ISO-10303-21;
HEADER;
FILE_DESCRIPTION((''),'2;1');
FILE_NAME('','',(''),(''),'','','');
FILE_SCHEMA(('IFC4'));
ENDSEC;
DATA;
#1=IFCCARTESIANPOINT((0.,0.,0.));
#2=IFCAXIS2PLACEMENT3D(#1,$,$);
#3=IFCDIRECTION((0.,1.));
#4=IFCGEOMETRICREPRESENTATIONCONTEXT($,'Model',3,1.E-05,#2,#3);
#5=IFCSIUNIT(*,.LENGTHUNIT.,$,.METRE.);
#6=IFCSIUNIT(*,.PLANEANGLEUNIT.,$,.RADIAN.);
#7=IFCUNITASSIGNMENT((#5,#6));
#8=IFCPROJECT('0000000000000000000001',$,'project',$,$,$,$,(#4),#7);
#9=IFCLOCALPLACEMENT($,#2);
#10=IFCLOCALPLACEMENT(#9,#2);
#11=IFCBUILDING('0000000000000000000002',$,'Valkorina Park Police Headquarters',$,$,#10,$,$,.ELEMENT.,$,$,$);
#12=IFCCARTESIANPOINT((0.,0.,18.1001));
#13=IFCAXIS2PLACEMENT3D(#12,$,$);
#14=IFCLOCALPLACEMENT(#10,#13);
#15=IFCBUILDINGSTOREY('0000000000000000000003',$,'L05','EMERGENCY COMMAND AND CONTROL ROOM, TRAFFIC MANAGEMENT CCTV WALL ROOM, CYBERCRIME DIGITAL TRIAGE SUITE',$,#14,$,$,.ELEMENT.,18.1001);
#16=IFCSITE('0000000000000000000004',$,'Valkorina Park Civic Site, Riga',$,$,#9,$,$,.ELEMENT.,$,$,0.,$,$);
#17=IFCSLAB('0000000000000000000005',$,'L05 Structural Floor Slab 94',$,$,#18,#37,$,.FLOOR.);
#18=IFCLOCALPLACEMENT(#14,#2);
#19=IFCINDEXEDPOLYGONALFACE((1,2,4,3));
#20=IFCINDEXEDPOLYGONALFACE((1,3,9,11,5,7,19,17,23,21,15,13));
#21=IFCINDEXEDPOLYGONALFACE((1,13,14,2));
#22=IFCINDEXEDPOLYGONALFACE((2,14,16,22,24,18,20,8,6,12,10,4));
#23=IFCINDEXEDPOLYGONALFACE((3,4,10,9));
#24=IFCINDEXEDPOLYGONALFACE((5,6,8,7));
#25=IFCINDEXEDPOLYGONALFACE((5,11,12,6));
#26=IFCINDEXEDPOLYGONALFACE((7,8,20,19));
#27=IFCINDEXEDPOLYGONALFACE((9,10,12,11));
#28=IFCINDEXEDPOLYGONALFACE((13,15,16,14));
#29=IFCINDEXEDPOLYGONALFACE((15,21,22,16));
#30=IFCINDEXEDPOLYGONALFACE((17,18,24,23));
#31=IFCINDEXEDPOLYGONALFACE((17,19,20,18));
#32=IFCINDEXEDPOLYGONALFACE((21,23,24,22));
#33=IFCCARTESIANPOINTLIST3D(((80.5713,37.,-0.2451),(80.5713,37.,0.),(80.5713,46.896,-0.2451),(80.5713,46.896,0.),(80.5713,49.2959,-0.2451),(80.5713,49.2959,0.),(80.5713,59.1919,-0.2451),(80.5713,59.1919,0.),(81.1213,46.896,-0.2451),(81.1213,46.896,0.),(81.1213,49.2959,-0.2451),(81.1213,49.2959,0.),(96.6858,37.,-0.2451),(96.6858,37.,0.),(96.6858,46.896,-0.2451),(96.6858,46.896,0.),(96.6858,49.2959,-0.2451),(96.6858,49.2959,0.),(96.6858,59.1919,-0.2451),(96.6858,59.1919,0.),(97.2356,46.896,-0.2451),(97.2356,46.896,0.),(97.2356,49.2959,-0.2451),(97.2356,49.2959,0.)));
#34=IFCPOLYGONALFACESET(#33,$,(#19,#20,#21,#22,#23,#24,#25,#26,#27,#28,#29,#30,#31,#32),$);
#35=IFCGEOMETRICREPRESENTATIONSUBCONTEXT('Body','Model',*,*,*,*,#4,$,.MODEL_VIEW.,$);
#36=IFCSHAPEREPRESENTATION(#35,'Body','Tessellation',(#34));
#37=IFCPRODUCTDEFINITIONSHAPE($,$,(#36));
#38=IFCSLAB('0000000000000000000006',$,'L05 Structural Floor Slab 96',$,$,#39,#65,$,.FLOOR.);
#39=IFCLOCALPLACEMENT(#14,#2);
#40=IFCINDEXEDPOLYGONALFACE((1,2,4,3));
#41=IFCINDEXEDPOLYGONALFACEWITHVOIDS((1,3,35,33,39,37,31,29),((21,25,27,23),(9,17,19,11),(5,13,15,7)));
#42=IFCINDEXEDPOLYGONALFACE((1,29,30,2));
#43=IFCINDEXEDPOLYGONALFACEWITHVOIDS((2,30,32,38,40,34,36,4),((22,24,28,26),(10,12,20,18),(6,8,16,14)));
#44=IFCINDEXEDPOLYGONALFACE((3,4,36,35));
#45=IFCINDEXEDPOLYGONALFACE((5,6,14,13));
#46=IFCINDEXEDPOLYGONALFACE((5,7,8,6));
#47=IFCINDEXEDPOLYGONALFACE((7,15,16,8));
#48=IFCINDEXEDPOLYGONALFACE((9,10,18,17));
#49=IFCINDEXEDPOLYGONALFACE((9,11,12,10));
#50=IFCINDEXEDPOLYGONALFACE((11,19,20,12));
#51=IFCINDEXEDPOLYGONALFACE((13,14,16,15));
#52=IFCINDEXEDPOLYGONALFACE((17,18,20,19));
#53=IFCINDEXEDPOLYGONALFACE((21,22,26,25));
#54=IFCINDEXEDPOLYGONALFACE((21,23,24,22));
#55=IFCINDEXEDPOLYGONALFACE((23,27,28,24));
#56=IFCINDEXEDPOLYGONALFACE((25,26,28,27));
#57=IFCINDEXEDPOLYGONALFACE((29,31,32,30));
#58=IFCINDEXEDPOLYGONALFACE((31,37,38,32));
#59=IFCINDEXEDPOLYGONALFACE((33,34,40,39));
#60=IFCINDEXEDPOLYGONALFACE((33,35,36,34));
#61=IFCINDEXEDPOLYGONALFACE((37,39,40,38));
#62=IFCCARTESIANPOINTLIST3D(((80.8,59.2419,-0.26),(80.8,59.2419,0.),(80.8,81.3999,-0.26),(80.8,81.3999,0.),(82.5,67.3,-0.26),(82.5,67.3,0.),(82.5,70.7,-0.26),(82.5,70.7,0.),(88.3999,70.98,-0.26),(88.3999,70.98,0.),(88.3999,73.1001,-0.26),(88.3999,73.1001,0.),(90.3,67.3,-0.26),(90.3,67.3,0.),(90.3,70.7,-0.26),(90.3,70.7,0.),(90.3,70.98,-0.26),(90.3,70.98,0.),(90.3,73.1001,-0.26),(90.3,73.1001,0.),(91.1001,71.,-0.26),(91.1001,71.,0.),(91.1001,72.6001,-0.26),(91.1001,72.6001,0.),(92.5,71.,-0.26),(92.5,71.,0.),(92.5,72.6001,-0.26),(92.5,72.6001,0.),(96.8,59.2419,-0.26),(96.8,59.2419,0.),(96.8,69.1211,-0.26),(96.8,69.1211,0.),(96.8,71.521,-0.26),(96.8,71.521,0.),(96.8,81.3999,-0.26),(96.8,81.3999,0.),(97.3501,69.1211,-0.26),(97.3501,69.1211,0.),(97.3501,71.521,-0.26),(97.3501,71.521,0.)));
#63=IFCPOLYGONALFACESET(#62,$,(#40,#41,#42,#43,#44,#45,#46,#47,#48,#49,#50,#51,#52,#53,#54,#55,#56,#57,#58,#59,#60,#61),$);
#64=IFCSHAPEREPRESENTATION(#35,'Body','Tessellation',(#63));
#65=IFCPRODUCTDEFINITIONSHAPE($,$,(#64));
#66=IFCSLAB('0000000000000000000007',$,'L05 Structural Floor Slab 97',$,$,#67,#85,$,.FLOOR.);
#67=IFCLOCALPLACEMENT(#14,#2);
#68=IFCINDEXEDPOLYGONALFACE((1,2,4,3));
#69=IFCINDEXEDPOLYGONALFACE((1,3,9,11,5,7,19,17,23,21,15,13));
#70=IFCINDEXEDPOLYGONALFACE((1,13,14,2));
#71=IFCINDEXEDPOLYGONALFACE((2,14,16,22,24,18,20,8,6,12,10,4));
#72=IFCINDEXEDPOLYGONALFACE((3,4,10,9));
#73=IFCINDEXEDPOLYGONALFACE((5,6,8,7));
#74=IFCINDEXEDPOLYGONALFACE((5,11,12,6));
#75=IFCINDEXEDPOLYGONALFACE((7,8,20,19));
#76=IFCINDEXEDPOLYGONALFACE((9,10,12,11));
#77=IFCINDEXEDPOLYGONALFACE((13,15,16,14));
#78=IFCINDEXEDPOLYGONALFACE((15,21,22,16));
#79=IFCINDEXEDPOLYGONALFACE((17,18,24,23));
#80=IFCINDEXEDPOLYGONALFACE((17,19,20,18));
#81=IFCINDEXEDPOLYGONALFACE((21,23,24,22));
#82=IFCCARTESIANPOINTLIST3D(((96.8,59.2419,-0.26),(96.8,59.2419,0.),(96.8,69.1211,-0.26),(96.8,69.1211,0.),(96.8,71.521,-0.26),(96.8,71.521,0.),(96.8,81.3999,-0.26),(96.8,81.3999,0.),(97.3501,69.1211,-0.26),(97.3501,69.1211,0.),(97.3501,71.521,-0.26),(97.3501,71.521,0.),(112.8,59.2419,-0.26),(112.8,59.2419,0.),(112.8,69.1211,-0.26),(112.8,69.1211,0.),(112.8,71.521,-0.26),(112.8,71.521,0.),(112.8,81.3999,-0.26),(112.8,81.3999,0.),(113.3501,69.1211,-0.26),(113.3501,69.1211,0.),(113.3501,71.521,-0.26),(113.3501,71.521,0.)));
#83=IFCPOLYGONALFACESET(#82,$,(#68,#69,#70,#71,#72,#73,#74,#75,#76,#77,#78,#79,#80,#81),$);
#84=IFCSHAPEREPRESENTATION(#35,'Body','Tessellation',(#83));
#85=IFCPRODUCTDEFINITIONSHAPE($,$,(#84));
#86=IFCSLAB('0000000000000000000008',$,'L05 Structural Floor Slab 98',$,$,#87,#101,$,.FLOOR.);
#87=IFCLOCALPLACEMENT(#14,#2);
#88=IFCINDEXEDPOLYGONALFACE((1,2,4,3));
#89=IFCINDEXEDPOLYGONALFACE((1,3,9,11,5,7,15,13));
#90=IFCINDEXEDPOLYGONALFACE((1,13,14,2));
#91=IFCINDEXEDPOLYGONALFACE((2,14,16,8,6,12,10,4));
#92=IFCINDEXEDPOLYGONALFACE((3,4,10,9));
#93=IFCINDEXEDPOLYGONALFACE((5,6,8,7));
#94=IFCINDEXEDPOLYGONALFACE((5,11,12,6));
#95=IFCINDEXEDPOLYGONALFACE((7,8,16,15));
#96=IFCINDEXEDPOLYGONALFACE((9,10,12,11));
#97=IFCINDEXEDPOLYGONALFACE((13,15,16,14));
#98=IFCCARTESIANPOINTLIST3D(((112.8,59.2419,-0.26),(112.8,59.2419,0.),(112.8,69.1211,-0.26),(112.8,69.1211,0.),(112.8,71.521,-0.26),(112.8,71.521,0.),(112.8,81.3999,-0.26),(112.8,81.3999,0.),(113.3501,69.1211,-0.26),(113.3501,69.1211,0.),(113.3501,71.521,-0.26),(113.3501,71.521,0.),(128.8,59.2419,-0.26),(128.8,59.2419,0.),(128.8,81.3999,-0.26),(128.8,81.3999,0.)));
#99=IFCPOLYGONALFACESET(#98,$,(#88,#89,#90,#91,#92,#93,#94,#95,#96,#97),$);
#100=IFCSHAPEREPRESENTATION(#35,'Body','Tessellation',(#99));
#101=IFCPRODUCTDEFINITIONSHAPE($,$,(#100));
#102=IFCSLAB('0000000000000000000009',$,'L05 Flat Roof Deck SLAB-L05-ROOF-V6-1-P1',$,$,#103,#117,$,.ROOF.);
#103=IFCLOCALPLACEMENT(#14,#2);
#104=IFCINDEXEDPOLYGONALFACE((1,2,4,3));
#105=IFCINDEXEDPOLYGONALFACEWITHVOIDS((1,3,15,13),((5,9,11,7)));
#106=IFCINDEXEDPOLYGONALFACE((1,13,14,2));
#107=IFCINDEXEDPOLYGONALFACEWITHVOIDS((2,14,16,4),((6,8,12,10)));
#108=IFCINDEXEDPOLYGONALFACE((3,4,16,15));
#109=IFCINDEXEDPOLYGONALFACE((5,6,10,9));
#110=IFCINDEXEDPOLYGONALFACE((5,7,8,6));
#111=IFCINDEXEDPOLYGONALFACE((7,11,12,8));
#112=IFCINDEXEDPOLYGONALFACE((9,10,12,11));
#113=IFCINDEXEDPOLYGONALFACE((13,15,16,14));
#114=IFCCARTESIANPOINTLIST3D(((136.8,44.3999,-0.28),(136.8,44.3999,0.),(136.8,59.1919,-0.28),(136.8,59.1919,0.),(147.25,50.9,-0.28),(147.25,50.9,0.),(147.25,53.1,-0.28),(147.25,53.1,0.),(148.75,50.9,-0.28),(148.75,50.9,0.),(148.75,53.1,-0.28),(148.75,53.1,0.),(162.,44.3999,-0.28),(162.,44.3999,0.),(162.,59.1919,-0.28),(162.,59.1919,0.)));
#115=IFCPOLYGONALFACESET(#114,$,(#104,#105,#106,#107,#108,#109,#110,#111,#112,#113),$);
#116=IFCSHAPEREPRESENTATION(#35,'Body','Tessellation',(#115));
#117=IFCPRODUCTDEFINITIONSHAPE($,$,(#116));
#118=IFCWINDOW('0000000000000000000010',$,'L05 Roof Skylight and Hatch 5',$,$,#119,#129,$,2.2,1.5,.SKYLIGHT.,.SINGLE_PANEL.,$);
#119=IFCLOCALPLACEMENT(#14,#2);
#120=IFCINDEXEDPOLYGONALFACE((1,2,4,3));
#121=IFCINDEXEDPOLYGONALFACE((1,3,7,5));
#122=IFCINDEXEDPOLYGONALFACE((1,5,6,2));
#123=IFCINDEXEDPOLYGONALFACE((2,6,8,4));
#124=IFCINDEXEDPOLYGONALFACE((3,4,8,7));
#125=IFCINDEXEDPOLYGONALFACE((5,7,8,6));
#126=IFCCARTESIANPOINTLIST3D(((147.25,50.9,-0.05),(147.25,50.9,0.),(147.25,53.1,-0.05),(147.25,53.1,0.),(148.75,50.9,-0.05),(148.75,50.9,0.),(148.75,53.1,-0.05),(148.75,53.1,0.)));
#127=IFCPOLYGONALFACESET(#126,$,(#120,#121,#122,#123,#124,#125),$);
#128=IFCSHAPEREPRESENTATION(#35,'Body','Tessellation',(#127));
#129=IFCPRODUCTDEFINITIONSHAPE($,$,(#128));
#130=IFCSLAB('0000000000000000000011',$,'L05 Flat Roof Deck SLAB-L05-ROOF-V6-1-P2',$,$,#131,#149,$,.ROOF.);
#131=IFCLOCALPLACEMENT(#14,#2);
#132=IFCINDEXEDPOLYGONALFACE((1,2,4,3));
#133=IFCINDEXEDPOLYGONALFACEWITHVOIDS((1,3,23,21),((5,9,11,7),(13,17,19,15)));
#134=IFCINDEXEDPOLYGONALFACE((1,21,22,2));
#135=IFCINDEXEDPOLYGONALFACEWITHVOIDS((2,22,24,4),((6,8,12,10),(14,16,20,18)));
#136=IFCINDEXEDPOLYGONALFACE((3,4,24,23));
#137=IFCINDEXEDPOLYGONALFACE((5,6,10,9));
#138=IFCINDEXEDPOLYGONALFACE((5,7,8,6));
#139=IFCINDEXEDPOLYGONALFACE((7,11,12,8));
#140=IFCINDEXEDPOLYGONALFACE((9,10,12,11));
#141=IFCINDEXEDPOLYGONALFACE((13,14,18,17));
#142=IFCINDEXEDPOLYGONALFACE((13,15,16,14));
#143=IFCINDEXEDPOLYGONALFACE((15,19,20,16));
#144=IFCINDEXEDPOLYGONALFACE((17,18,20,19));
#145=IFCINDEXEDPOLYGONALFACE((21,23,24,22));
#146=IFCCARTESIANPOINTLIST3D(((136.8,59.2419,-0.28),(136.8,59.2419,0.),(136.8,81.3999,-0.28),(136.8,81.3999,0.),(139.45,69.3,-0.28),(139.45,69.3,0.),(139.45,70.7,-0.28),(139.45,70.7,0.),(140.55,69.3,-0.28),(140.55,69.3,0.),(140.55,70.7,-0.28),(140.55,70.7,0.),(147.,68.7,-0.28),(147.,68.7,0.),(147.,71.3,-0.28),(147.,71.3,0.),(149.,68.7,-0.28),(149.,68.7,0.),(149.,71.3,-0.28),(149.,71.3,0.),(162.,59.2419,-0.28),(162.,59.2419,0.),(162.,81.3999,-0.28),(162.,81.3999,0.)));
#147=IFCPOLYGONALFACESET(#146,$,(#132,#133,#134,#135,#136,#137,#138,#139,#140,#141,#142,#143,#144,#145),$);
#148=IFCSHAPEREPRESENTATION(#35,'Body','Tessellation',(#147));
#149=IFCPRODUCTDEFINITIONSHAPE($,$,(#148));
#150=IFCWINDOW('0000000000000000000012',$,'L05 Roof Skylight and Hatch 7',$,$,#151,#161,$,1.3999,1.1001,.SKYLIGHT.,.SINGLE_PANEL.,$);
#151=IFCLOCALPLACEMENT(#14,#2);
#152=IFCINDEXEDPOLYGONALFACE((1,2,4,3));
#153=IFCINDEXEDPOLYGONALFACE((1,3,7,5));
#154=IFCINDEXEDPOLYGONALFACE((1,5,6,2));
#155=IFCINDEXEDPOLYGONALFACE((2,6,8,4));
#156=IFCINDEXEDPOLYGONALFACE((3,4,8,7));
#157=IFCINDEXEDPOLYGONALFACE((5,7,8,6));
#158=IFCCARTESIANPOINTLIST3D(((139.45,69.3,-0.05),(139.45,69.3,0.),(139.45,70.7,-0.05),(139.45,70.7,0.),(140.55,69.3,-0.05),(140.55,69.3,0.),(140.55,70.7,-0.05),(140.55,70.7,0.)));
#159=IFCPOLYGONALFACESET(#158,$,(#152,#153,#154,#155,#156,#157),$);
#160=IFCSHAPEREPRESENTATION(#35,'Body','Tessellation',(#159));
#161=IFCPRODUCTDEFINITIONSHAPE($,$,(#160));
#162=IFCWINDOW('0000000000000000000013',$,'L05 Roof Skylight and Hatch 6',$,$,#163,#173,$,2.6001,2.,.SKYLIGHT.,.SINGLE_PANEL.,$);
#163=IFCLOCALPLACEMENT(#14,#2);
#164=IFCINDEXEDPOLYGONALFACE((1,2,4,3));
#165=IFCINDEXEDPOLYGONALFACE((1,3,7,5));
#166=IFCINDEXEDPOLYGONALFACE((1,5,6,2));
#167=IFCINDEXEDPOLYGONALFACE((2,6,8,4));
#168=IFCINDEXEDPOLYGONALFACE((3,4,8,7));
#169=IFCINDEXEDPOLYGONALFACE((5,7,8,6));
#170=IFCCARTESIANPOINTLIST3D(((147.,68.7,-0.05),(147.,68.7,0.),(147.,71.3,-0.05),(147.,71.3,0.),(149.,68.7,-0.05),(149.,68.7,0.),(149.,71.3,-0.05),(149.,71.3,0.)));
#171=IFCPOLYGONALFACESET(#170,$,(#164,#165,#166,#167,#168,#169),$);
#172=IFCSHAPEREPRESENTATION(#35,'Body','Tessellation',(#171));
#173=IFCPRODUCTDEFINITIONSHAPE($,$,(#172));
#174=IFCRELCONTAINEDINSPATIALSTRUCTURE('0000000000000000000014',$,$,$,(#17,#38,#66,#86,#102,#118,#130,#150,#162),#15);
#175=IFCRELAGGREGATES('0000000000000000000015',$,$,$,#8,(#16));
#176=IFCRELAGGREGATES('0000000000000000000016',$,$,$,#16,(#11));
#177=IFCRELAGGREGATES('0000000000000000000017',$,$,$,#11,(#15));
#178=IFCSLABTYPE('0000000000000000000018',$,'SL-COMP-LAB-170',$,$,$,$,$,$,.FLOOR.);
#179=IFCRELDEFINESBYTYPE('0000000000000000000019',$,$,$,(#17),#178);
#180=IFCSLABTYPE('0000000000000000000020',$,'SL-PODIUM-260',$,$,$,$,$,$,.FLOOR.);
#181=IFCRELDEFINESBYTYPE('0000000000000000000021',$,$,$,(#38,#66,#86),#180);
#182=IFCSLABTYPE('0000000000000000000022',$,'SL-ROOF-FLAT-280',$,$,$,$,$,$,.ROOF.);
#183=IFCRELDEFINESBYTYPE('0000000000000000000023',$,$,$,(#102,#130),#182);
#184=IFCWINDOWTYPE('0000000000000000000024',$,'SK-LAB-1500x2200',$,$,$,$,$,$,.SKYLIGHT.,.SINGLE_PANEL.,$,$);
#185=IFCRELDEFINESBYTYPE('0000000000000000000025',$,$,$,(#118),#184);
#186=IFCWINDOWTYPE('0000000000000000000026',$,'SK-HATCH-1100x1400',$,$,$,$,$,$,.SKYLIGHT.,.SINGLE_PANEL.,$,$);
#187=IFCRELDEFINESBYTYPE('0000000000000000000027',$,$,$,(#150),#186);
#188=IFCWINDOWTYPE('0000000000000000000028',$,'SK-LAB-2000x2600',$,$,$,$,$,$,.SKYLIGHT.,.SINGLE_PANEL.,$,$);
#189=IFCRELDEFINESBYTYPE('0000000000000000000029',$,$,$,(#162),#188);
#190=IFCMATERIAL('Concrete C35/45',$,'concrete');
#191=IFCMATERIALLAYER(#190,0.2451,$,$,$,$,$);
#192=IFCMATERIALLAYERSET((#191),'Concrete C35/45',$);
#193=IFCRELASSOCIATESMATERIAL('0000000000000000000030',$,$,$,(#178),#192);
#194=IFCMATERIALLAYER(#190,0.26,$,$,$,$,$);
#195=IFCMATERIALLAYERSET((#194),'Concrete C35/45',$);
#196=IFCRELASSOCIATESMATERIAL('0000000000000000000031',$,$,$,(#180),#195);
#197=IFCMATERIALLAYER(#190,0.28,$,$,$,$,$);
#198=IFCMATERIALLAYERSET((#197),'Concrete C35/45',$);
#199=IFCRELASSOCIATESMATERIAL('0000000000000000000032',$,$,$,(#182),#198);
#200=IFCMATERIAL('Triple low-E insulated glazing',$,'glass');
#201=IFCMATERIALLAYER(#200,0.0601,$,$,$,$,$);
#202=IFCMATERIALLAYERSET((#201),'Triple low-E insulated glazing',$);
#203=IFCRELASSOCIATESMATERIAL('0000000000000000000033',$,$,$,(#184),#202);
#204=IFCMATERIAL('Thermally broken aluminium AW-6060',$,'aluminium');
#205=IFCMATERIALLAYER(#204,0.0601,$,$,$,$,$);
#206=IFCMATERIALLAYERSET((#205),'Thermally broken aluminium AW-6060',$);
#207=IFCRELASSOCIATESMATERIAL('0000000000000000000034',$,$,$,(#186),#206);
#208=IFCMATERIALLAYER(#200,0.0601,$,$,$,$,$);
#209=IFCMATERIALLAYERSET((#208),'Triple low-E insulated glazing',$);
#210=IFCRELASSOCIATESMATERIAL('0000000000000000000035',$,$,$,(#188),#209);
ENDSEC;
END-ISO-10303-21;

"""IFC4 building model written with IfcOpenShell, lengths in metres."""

from ifc_helpers import new_model, si_unit, direction, frame, origin, origin_2d, place, context, subcontext, project, spatial, polyline, rectangle, outline, extrude, material, layer, layer_set, type_object, element, fill, save


model = new_model("IFC4")

# Units and contexts
model_context = context("Model", 3, precision=1e-05, world=origin(), true_north=direction((0.0, 1.0)))
body_context = subcontext(model_context, "Body", "Model", "MODEL_VIEW")
ifc_project = project(units=[si_unit("LENGTHUNIT", "METRE"), si_unit("PLANEANGLEUNIT", "RADIAN")], contexts=[model_context])

# Site, building, storey
site_placement = place(None, origin())
site = spatial("IfcSite", under=ifc_project, at=site_placement, Name="Valkorina Park Civic Site, Riga", CompositionType="ELEMENT", RefElevation=0.0)
building_placement = place(site_placement, origin())
building = spatial("IfcBuilding", under=site, at=building_placement, Name="Valkorina Park Police Headquarters", CompositionType="ELEMENT")
storey_placement = place(building_placement, frame((0.0, 0.0, 18.1001)))
storey = spatial("IfcBuildingStorey", under=building, at=storey_placement, Name="L05", Description="EMERGENCY COMMAND AND CONTROL ROOM, TRAFFIC MANAGEMENT CCTV WALL ROOM, CYBERCRIME DIGITAL TRIAGE SUITE", CompositionType="ELEMENT", Elevation=18.1001)

# Slabs
ifc_material_1 = material(Name="Concrete C35/45", Category="concrete")
ifc_layer_1 = layer(ifc_material_1, 0.2451)
ifc_layer_set_1 = layer_set([ifc_layer_1], Name="Concrete C35/45")
slab_type_1 = type_object("IfcSlabType", Name="SL-COMP-LAB-170", PredefinedType="FLOOR", material=ifc_layer_set_1)
slab_1_placement = place(storey_placement, frame((0.0, 0.0, -0.2451)))
element("IfcSlab", 1, at=slab_1_placement, inside=storey, type_object=slab_type_1, Name="L05 Structural Floor Slab 94", PredefinedType="FLOOR", context=body_context, shape_type="SweptSolid", body=[
    extrude(outline(polyline([(97.2356, 49.2959), (96.6858, 49.2959), (96.6858, 59.1919), (80.5713, 59.1919), (80.5713, 49.2959), (81.1213, 49.2959), (81.1213, 46.896), (80.5713, 46.896), (80.5713, 37.0), (96.6858, 37.0), (96.6858, 46.896), (97.2356, 46.896), (97.2356, 49.2959)])), origin(), (0.0, 0.0, 1.0), 0.2451),
])
ifc_layer_2 = layer(ifc_material_1, 0.26)
ifc_layer_set_2 = layer_set([ifc_layer_2], Name="Concrete C35/45")
slab_type_2 = type_object("IfcSlabType", Name="SL-PODIUM-260", PredefinedType="FLOOR", material=ifc_layer_set_2)
slab_2_placement = place(storey_placement, frame((0.0, 0.0, -0.26)))
element("IfcSlab", 2, at=slab_2_placement, inside=storey, type_object=slab_type_2, Name="L05 Structural Floor Slab 96", PredefinedType="FLOOR", context=body_context, shape_type="SweptSolid", body=[
    extrude(outline(polyline([(96.8, 59.2419), (96.8, 69.1211), (97.3501, 69.1211), (97.3501, 71.521), (96.8, 71.521), (96.8, 81.3999), (80.8, 81.3999), (80.8, 59.2419), (96.8, 59.2419)]), holes=[polyline([(82.5, 67.3), (82.5, 70.7), (90.3, 70.7), (90.3, 67.3), (82.5, 67.3)]), polyline([(92.5, 71.0), (91.1001, 71.0), (91.1001, 72.6001), (92.5, 72.6001), (92.5, 71.0)]), polyline([(90.3, 70.98), (88.3999, 70.98), (88.3999, 73.1001), (90.3, 73.1001), (90.3, 70.98)])]), origin(), (0.0, 0.0, 1.0), 0.26),
])
slab_3_placement = place(storey_placement, frame((0.0, 0.0, -0.26)))
element("IfcSlab", 3, at=slab_3_placement, inside=storey, type_object=slab_type_2, Name="L05 Structural Floor Slab 97", PredefinedType="FLOOR", context=body_context, shape_type="SweptSolid", body=[
    extrude(outline(polyline([(112.8, 81.3999), (96.8, 81.3999), (96.8, 71.521), (97.3501, 71.521), (97.3501, 69.1211), (96.8, 69.1211), (96.8, 59.2419), (112.8, 59.2419), (112.8, 69.1211), (113.3501, 69.1211), (113.3501, 71.521), (112.8, 71.521), (112.8, 81.3999)])), origin(), (0.0, 0.0, 1.0), 0.26),
])
slab_4_placement = place(storey_placement, frame((0.0, 0.0, -0.26)))
element("IfcSlab", 4, at=slab_4_placement, inside=storey, type_object=slab_type_2, Name="L05 Structural Floor Slab 98", PredefinedType="FLOOR", context=body_context, shape_type="SweptSolid", body=[
    extrude(outline(polyline([(112.8, 81.3999), (112.8, 71.521), (113.3501, 71.521), (113.3501, 69.1211), (112.8, 69.1211), (112.8, 59.2419), (128.8, 59.2419), (128.8, 81.3999), (112.8, 81.3999)])), origin(), (0.0, 0.0, 1.0), 0.26),
])

# Slab, opening, window
ifc_layer_3 = layer(ifc_material_1, 0.28)
ifc_layer_set_3 = layer_set([ifc_layer_3], Name="Concrete C35/45")
slab_type_3 = type_object("IfcSlabType", Name="SL-ROOF-FLAT-280", PredefinedType="ROOF", material=ifc_layer_set_3)
slab_5_placement = place(storey_placement, frame((0.0, 0.0, -0.28)))
slab_5 = element("IfcSlab", 5, at=slab_5_placement, inside=storey, type_object=slab_type_3, Name="L05 Flat Roof Deck SLAB-L05-ROOF-V6-1-P1", PredefinedType="ROOF", context=body_context, shape_type="SweptSolid", body=[
    extrude(outline(polyline([(162.0, 59.1919), (136.8, 59.1919), (136.8, 44.3999), (162.0, 44.3999), (162.0, 59.1919)])), origin(), (0.0, 0.0, 1.0), 0.28),
])
opening_1_placement = place(slab_5_placement, frame((148.0, 52.0, -0.01)))
opening_1 = element("IfcOpeningElement", 6, at=opening_1_placement, cuts=slab_5, PredefinedType="OPENING", context=body_context, shape_type="SweptSolid", body=[
    extrude(rectangle(XDim=1.5, YDim=2.2, at=origin_2d()), origin(), (0.0, 0.0, 1.0), 0.3),
])
ifc_material_2 = material(Name="Triple low-E insulated glazing", Category="glass")
ifc_layer_4 = layer(ifc_material_2, 0.0601)
ifc_layer_set_4 = layer_set([ifc_layer_4], Name="Triple low-E insulated glazing")
window_type_1 = type_object("IfcWindowType", Name="SK-LAB-1500x2200", PartitioningType="SINGLE_PANEL", PredefinedType="SKYLIGHT", material=ifc_layer_set_4)
window_1_placement = place(slab_5_placement, frame((148.0, 52.0, 0.23)))
window_1 = element("IfcWindow", 7, at=window_1_placement, inside=storey, type_object=window_type_1, Name="L05 Roof Skylight and Hatch 5", OverallHeight=2.2, OverallWidth=1.5, PartitioningType="SINGLE_PANEL", PredefinedType="SKYLIGHT", context=body_context, shape_type="SweptSolid", body=[
    extrude(rectangle(XDim=1.5, YDim=2.2, at=origin_2d()), origin(), (0.0, 0.0, 1.0), 0.05),
])
fill(opening_1, window_1)

# Slab, openings, windows
slab_6_placement = place(storey_placement, frame((0.0, 0.0, -0.28)))
slab_6 = element("IfcSlab", 8, at=slab_6_placement, inside=storey, type_object=slab_type_3, Name="L05 Flat Roof Deck SLAB-L05-ROOF-V6-1-P2", PredefinedType="ROOF", context=body_context, shape_type="SweptSolid", body=[
    extrude(outline(polyline([(136.8, 59.2419), (162.0, 59.2419), (162.0, 81.3999), (136.8, 81.3999), (136.8, 59.2419)])), origin(), (0.0, 0.0, 1.0), 0.28),
])
opening_2_placement = place(slab_6_placement, frame((148.0, 70.0, -0.01)))
opening_2 = element("IfcOpeningElement", 9, at=opening_2_placement, cuts=slab_6, PredefinedType="OPENING", context=body_context, shape_type="SweptSolid", body=[
    extrude(rectangle(XDim=2.0, YDim=2.6001, at=origin_2d()), origin(), (0.0, 0.0, 1.0), 0.3),
])
opening_3_placement = place(slab_6_placement, frame((140.0, 70.0, -0.01)))
opening_3 = element("IfcOpeningElement", 10, at=opening_3_placement, cuts=slab_6, PredefinedType="OPENING", context=body_context, shape_type="SweptSolid", body=[
    extrude(rectangle(XDim=1.1001, YDim=1.3999, at=origin_2d()), origin(), (0.0, 0.0, 1.0), 0.3),
])
ifc_material_3 = material(Name="Thermally broken aluminium AW-6060", Category="aluminium")
ifc_layer_5 = layer(ifc_material_3, 0.0601)
ifc_layer_set_5 = layer_set([ifc_layer_5], Name="Thermally broken aluminium AW-6060")
window_type_2 = type_object("IfcWindowType", Name="SK-HATCH-1100x1400", PartitioningType="SINGLE_PANEL", PredefinedType="SKYLIGHT", material=ifc_layer_set_5)
window_2_placement = place(slab_6_placement, frame((140.0, 70.0, 0.23)))
window_2 = element("IfcWindow", 11, at=window_2_placement, inside=storey, type_object=window_type_2, Name="L05 Roof Skylight and Hatch 7", OverallHeight=1.3999, OverallWidth=1.1001, PartitioningType="SINGLE_PANEL", PredefinedType="SKYLIGHT", context=body_context, shape_type="SweptSolid", body=[
    extrude(rectangle(XDim=1.1001, YDim=1.3999, at=origin_2d()), origin(), (0.0, 0.0, 1.0), 0.05),
])
fill(opening_3, window_2)
ifc_layer_6 = layer(ifc_material_2, 0.0601)
ifc_layer_set_6 = layer_set([ifc_layer_6], Name="Triple low-E insulated glazing")
window_type_3 = type_object("IfcWindowType", Name="SK-LAB-2000x2600", PartitioningType="SINGLE_PANEL", PredefinedType="SKYLIGHT", material=ifc_layer_set_6)
window_3_placement = place(slab_6_placement, frame((148.0, 70.0, 0.23)))
window_3 = element("IfcWindow", 12, at=window_3_placement, inside=storey, type_object=window_type_3, Name="L05 Roof Skylight and Hatch 6", OverallHeight=2.6001, OverallWidth=2.0, PartitioningType="SINGLE_PANEL", PredefinedType="SKYLIGHT", context=body_context, shape_type="SweptSolid", body=[
    extrude(rectangle(XDim=2.0, YDim=2.6001, at=origin_2d()), origin(), (0.0, 0.0, 1.0), 0.05),
])
fill(opening_2, window_3)

save(model, "model.ifc")
